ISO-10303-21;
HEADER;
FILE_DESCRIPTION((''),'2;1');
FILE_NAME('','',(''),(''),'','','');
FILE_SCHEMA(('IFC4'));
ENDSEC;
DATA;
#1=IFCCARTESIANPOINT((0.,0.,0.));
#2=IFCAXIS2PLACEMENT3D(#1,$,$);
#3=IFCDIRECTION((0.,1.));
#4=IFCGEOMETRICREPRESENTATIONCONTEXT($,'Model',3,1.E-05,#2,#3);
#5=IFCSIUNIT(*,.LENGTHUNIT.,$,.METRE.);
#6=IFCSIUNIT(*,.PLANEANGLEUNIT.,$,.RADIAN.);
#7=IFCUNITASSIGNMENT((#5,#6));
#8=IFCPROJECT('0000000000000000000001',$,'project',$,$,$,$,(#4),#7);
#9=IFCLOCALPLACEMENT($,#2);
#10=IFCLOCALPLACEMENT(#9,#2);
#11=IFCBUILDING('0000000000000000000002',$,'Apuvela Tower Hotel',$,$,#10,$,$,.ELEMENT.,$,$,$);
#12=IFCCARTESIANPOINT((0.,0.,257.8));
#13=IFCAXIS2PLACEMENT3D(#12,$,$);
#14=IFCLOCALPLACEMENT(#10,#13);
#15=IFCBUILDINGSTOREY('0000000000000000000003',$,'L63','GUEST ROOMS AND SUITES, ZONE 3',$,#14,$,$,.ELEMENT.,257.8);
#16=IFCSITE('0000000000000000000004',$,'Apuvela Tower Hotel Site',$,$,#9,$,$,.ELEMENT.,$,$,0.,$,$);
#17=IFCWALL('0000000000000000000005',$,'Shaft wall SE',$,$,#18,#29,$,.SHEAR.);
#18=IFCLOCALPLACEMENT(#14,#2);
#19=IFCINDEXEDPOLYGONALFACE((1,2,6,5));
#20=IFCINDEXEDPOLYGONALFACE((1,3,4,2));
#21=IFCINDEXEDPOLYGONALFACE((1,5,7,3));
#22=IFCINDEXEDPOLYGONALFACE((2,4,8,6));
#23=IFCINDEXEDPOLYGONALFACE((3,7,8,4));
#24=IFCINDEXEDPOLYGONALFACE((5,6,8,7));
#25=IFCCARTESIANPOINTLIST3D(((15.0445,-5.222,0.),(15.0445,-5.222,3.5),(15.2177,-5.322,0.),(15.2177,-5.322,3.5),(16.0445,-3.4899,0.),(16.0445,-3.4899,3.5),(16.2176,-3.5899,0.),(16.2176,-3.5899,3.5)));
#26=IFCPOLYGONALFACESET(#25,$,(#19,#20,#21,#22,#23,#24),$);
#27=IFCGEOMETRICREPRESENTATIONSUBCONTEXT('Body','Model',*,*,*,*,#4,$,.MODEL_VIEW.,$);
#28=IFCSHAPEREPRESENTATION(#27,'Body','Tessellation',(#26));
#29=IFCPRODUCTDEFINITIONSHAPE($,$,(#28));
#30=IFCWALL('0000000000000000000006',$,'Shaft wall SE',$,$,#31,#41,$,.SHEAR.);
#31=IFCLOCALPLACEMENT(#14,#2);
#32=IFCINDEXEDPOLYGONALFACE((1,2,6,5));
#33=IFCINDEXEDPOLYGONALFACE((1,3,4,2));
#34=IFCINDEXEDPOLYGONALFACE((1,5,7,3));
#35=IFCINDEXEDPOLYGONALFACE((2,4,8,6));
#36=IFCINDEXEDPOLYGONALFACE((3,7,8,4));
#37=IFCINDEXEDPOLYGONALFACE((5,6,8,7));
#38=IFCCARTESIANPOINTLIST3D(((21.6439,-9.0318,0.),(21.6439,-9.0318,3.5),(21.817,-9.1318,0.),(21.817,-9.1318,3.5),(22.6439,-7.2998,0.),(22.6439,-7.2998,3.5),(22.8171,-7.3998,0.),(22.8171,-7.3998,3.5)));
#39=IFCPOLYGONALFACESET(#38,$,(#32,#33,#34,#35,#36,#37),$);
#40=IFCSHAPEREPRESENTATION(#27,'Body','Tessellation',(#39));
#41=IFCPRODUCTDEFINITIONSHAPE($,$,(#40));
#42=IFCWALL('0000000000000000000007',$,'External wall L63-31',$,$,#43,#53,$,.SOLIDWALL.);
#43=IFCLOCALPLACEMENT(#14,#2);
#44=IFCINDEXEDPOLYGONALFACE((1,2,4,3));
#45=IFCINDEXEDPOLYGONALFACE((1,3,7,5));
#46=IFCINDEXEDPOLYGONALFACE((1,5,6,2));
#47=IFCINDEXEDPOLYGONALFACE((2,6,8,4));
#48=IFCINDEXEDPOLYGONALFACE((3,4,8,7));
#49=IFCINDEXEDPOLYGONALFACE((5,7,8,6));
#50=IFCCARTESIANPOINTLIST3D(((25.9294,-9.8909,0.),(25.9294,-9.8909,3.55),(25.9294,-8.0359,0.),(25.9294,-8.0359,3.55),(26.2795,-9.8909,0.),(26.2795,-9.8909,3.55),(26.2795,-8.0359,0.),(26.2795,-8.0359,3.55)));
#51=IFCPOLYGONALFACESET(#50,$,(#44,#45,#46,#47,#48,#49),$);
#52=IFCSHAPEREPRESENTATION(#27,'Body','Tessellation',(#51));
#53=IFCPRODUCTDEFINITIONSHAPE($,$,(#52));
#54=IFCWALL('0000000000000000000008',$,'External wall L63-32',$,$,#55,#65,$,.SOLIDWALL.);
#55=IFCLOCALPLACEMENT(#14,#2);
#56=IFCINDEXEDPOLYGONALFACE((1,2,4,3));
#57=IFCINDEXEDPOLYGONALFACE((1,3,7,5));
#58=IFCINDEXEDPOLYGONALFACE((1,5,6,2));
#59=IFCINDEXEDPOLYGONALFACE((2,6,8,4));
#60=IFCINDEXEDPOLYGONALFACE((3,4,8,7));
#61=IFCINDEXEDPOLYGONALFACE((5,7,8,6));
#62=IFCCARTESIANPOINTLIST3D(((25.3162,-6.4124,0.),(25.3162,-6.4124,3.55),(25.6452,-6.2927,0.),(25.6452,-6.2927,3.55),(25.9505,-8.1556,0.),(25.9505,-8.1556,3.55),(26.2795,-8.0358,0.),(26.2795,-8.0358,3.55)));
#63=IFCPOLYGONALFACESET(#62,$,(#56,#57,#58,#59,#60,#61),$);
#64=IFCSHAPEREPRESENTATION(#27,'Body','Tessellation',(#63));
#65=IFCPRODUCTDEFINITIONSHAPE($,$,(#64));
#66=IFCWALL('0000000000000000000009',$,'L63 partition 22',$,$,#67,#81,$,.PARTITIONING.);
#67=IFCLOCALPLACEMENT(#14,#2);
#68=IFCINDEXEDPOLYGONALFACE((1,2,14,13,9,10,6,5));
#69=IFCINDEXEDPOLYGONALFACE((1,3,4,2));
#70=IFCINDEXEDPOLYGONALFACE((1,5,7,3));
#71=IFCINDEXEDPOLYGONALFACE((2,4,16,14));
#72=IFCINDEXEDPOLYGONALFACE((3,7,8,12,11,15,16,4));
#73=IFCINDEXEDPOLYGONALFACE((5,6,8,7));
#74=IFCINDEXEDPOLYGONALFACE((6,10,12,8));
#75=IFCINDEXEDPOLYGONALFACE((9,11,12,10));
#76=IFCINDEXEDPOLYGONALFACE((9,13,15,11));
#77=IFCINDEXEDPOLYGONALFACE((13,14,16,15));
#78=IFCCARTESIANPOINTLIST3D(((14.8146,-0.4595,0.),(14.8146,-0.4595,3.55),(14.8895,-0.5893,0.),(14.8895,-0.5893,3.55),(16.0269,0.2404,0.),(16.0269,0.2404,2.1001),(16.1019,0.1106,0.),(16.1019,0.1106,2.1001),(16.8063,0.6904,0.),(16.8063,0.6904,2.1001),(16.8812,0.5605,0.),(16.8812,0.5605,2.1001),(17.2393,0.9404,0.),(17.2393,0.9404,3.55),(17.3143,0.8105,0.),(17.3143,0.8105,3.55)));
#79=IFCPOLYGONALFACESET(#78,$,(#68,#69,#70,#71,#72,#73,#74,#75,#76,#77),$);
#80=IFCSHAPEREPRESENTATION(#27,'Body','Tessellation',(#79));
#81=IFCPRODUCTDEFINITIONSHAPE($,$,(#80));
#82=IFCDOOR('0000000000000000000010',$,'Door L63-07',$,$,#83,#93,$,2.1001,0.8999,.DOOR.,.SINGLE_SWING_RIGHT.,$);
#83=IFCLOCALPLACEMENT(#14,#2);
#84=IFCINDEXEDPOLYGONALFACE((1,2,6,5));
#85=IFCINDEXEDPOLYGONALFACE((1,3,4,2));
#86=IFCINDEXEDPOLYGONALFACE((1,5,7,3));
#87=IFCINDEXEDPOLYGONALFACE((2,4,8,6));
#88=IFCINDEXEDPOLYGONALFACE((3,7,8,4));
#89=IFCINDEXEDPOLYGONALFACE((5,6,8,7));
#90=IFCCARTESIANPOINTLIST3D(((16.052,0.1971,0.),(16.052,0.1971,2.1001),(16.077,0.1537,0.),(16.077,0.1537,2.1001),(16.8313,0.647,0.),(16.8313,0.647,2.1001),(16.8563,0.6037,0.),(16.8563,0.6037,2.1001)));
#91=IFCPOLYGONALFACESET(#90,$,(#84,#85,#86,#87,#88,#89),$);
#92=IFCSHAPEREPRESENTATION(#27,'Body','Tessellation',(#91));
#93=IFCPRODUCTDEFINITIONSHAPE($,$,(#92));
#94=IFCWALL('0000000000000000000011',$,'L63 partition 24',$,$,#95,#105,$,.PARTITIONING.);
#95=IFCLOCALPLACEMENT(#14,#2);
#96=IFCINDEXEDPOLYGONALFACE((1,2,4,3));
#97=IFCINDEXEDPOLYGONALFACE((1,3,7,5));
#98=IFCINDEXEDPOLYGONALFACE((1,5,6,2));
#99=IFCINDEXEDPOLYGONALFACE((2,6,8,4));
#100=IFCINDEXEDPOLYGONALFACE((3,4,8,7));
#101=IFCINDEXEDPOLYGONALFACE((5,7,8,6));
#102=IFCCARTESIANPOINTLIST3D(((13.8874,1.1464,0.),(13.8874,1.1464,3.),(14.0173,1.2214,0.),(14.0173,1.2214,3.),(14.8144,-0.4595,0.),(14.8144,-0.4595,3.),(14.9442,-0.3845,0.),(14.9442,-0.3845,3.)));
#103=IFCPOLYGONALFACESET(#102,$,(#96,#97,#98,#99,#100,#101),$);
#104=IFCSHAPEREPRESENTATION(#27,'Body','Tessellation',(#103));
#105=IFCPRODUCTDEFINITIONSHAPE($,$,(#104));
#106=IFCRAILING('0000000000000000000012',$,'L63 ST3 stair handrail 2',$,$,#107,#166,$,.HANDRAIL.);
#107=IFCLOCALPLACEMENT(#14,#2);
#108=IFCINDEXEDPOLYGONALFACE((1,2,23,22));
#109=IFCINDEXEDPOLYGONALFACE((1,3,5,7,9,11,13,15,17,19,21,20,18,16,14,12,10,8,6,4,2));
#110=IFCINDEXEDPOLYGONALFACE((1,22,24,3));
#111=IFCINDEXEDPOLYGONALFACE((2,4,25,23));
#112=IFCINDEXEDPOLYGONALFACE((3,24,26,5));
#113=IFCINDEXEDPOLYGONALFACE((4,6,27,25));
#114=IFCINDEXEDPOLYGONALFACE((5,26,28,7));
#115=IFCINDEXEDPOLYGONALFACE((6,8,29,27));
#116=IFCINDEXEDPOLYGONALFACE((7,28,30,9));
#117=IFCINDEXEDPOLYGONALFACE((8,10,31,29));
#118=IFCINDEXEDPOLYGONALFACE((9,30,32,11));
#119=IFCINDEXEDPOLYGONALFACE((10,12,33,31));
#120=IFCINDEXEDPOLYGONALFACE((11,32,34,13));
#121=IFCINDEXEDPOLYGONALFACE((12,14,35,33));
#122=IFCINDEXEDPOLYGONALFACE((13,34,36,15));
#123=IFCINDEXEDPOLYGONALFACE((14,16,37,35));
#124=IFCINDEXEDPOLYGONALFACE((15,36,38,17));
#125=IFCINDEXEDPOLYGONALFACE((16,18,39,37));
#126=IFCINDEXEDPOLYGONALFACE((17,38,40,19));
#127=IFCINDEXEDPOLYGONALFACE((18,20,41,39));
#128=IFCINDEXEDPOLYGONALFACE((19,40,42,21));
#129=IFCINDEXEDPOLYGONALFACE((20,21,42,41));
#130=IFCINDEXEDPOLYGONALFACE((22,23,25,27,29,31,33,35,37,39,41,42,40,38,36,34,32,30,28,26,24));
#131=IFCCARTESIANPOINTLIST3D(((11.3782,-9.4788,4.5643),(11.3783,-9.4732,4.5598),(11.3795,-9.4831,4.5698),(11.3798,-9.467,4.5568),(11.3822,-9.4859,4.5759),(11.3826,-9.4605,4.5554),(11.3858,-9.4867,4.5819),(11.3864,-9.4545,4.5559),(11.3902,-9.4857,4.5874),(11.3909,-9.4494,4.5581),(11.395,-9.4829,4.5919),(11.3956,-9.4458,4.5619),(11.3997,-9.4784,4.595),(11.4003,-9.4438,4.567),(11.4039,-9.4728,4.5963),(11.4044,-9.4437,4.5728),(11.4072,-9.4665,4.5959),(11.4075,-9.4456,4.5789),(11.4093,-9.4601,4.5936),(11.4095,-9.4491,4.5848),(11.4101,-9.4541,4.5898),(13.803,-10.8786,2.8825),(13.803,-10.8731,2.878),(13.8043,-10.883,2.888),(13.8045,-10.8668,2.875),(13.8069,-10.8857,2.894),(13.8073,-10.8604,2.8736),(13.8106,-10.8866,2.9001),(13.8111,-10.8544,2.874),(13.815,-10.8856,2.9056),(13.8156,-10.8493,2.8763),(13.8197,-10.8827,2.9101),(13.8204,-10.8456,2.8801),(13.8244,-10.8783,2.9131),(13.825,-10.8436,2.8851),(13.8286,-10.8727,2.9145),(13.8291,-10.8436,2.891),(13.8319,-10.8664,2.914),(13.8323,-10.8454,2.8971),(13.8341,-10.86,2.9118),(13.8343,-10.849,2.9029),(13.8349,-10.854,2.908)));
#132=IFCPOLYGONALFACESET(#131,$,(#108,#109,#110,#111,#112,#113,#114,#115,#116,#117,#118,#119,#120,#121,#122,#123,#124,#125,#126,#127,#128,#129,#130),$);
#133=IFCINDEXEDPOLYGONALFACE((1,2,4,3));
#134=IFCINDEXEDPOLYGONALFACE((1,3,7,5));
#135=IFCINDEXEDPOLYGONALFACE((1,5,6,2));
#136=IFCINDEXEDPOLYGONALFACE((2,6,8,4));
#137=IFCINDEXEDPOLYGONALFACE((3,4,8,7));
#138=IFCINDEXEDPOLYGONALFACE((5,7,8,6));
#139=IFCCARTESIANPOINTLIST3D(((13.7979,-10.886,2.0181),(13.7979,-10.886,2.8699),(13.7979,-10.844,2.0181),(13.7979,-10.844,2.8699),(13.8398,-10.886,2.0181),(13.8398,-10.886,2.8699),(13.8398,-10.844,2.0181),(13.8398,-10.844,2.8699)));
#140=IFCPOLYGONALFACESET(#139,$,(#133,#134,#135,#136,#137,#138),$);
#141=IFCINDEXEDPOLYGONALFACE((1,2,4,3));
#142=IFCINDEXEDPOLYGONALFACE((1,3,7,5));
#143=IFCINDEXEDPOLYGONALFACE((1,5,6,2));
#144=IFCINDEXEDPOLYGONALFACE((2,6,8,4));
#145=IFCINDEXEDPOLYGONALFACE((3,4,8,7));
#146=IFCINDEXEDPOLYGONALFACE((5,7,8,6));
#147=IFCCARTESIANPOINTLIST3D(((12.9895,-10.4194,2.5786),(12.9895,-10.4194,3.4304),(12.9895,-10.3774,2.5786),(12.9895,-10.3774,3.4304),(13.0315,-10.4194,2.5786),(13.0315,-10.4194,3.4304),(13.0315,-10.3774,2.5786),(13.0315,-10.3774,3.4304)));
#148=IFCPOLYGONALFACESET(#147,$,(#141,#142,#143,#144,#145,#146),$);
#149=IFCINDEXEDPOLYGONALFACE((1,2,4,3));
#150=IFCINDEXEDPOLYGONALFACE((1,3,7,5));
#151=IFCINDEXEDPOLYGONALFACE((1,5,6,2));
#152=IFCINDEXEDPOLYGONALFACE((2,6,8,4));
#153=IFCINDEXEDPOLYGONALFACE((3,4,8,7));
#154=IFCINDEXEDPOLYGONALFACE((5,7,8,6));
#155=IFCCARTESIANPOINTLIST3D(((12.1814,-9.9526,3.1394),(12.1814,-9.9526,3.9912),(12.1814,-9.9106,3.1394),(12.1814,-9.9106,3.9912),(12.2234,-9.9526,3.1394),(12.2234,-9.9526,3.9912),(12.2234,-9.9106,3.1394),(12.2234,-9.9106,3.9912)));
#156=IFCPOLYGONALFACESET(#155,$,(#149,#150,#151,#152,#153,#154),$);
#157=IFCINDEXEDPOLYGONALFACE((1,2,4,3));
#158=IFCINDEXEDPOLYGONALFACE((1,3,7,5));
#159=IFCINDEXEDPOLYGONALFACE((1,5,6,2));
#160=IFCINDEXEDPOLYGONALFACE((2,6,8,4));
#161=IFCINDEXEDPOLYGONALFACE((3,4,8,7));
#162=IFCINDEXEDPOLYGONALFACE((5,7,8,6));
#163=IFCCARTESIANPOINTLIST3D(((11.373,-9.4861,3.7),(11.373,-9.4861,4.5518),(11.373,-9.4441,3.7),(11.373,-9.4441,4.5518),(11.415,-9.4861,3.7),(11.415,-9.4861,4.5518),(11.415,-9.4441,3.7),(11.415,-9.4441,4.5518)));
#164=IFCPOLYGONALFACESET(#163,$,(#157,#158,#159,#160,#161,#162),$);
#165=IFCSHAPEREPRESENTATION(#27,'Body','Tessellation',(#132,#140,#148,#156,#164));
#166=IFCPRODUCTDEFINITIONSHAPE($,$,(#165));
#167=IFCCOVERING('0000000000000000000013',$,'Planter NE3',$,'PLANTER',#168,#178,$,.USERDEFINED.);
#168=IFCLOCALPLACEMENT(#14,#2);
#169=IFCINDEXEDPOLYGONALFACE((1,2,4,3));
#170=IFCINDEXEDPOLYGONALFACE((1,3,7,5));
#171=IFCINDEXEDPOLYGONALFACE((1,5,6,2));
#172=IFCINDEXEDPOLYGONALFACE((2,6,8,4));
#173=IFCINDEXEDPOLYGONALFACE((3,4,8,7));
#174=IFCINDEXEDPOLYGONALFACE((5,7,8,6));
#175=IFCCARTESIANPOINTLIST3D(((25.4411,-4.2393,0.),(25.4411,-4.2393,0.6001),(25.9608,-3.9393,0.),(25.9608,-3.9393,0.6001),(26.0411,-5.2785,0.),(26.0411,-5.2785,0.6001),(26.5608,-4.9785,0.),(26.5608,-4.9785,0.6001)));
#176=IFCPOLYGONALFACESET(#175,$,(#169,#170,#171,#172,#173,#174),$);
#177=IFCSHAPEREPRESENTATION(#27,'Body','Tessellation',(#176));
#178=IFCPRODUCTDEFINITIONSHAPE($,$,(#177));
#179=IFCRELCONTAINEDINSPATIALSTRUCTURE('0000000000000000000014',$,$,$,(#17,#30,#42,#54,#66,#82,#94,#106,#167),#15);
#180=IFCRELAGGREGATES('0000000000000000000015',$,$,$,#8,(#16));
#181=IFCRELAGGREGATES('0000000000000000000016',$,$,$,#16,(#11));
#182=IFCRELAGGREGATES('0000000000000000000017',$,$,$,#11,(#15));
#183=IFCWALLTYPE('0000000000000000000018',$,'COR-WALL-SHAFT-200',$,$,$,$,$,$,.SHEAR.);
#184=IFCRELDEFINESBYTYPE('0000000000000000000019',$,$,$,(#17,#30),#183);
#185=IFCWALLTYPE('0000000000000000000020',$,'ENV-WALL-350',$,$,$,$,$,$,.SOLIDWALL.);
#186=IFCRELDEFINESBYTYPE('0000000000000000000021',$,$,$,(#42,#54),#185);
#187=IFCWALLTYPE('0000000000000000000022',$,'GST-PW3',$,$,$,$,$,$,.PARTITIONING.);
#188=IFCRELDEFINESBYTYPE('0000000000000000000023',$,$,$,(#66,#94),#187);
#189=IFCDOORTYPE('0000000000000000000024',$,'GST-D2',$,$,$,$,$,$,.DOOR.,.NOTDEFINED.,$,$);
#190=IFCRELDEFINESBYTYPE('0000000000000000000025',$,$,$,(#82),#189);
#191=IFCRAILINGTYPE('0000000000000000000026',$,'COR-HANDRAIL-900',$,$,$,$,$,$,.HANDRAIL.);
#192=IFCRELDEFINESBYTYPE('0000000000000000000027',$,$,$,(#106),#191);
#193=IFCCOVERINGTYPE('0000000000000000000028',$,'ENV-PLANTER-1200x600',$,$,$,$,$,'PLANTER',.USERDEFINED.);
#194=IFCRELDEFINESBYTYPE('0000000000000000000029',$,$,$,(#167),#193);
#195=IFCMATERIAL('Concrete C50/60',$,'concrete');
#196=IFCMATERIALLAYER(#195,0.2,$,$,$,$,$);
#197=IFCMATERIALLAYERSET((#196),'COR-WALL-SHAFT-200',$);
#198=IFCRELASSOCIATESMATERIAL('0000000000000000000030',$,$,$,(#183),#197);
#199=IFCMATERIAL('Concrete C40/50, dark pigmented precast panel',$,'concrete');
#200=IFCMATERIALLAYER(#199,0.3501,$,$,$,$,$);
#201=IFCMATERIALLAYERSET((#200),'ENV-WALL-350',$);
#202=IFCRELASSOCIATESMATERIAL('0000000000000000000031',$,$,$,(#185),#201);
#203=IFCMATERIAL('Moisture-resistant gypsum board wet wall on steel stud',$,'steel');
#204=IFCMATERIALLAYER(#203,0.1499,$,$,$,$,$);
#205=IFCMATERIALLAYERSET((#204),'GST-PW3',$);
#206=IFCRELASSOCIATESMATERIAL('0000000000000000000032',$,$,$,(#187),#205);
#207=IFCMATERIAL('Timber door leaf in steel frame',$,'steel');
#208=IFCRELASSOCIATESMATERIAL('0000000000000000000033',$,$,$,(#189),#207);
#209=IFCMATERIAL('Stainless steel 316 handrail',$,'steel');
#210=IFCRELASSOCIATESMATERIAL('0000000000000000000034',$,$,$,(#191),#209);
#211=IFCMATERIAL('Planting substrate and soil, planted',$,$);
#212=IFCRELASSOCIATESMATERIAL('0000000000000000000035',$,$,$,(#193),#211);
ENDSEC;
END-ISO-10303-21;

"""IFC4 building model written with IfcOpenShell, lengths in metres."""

from ifc_helpers import new_model, si_unit, direction, frame, frame_2d, origin, origin_2d, place, context, subcontext, project, spatial, rectangle, circle, extrude, material, layer, layer_set, type_object, element, fill, save


model = new_model("IFC4")

# Units and contexts
model_context = context("Model", 3, precision=1e-05, world=origin(), true_north=direction((0.0, 1.0)))
body_context = subcontext(model_context, "Body", "Model", "MODEL_VIEW")
ifc_project = project(units=[si_unit("LENGTHUNIT", "METRE"), si_unit("PLANEANGLEUNIT", "RADIAN")], contexts=[model_context])

# Site, building, storey
site_placement = place(None, origin())
site = spatial("IfcSite", under=ifc_project, at=site_placement, Name="Apuvela Tower Hotel Site", CompositionType="ELEMENT", RefElevation=0.0)
building_placement = place(site_placement, origin())
building = spatial("IfcBuilding", under=site, at=building_placement, Name="Apuvela Tower Hotel", CompositionType="ELEMENT")
storey_placement = place(building_placement, frame((0.0, 0.0, 257.8)))
storey = spatial("IfcBuildingStorey", under=building, at=storey_placement, Name="L63", Description="GUEST ROOMS AND SUITES, ZONE 3", CompositionType="ELEMENT", Elevation=257.8)

# Walls
ifc_material_1 = material(Name="Concrete C50/60", Category="concrete")
ifc_layer_1 = layer(ifc_material_1, 0.2)
ifc_layer_set_1 = layer_set([ifc_layer_1], Name="COR-WALL-SHAFT-200")
wall_type_1 = type_object("IfcWallType", Name="COR-WALL-SHAFT-200", PredefinedType="SHEAR", material=ifc_layer_set_1)
for number, where, z_axis, x_axis, name in (
    (1, (15.1311, -5.272, 0.0), (0.0, 0.0, 1.0), (0.499973, 0.866041, 0.0), "Shaft wall SE"),
    (2, (21.7305, -9.0818, 0.0), (0.0, 0.0, 1.0), (0.500025, 0.866011, 0.0), "Shaft wall SE"),
):
    element("IfcWall", number, at=place(storey_placement, frame(where, z_axis=z_axis, x_axis=x_axis)), inside=storey, type_object=wall_type_1, Name=name, PredefinedType="SHEAR", context=body_context, shape_type="SweptSolid", body=[
        extrude(rectangle(XDim=2.0, YDim=0.2, at=frame_2d((1.0, 0.0))), origin(), (0.0, 0.0, 1.0), 3.5),
    ])
ifc_material_2 = material(Name="Concrete C40/50, dark pigmented precast panel", Category="concrete")
ifc_layer_2 = layer(ifc_material_2, 0.3501)
ifc_layer_set_2 = layer_set([ifc_layer_2], Name="ENV-WALL-350")
wall_type_2 = type_object("IfcWallType", Name="ENV-WALL-350", PredefinedType="SOLIDWALL", material=ifc_layer_set_2)
for number, where, z_axis, x_axis, name in (
    (3, (26.1045, -9.8909, 0.0), (0.0, 0.0, 1.0), (0.0, 1.0, 0.0), "External wall L63-31"),
    (4, (26.115, -8.0957, 0.0), (0.0, 0.0, 1.0), (-0.341933, 0.939724, 0.0), "External wall L63-32"),
):
    element("IfcWall", number, at=place(storey_placement, frame(where, z_axis=z_axis, x_axis=x_axis)), inside=storey, type_object=wall_type_2, Name=name, PredefinedType="SOLIDWALL", context=body_context, shape_type="SweptSolid", body=[
        extrude(rectangle(XDim=1.855, YDim=0.3501, at=frame_2d((0.9275, 0.0))), origin(), (0.0, 0.0, 1.0), 3.55),
    ])

# Wall, opening, door
ifc_material_3 = material(Name="Moisture-resistant gypsum board wet wall on steel stud", Category="steel")
ifc_layer_3 = layer(ifc_material_3, 0.1499)
ifc_layer_set_3 = layer_set([ifc_layer_3], Name="GST-PW3")
wall_type_3 = type_object("IfcWallType", Name="GST-PW3", PredefinedType="PARTITIONING", material=ifc_layer_set_3)
wall_1_placement = place(storey_placement, frame((14.8521, -0.5244, 0.0), z_axis=(0.0, 0.0, 1.0), x_axis=(0.866035, 0.499984, 0.0)))
wall_1 = element("IfcWall", 5, at=wall_1_placement, inside=storey, type_object=wall_type_3, Name="L63 partition 22", PredefinedType="PARTITIONING", context=body_context, shape_type="SweptSolid", body=[
    extrude(rectangle(XDim=2.7998, YDim=0.1499, at=frame_2d((1.3999, 0.0))), origin(), (0.0, 0.0, 1.0), 3.55),
])
opening_1_placement = place(wall_1_placement, frame((1.3999, 0.0, 0.0)))
opening_1 = element("IfcOpeningElement", 6, at=opening_1_placement, cuts=wall_1, PredefinedType="OPENING", context=body_context, shape_type="SweptSolid", body=[
    extrude(rectangle(XDim=0.8999, YDim=2.1001, at=frame_2d((0.45, 1.05))), frame((0.0, 0.085, 0.0), z_axis=(0.0, -1.0, 0.0), x_axis=(1.0, 0.0, 0.0)), (0.0, 0.0, 1.0), 0.1699),
])
ifc_material_4 = material(Name="Timber door leaf in steel frame", Category="steel")
door_type_1 = type_object("IfcDoorType", Name="GST-D2", OperationType="NOTDEFINED", PredefinedType="DOOR", material=ifc_material_4)
door_1_placement = place(opening_1_placement, origin())
door_1 = element("IfcDoor", 7, at=door_1_placement, inside=storey, type_object=door_type_1, Name="Door L63-07", OperationType="SINGLE_SWING_RIGHT", OverallHeight=2.1001, OverallWidth=0.8999, PredefinedType="DOOR", context=body_context, shape_type="SweptSolid", body=[
    extrude(rectangle(XDim=0.8999, YDim=2.1001, at=frame_2d((0.45, 1.05))), frame((0.0, 0.0249, 0.0), z_axis=(0.0, -1.0, 0.0), x_axis=(1.0, 0.0, 0.0)), (0.0, 0.0, 1.0), 0.05),
])
fill(opening_1, door_1)

# Wall
wall_2_placement = place(storey_placement, frame((14.8794, -0.4221, 0.0), z_axis=(0.0, 0.0, 1.0), x_axis=(-0.49992, 0.866072, 0.0)))
element("IfcWall", 8, at=wall_2_placement, inside=storey, type_object=wall_type_3, Name="L63 partition 24", PredefinedType="PARTITIONING", context=body_context, shape_type="SweptSolid", body=[
    extrude(rectangle(XDim=1.8542, YDim=0.1499, at=frame_2d((0.9272, 0.0))), origin(), (0.0, 0.0, 1.0), 3.0),
])

# Railing
ifc_material_5 = material(Name="Stainless steel 316 handrail", Category="steel")
railing_type_1 = type_object("IfcRailingType", Name="COR-HANDRAIL-900", PredefinedType="HANDRAIL", material=ifc_material_5)
railing_1_placement = place(storey_placement, frame((13.8188, -10.865, 2.0181)))
element("IfcRailing", 9, at=railing_1_placement, inside=storey, type_object=railing_type_1, Name="L63 ST3 stair handrail 2", PredefinedType="HANDRAIL", context=body_context, shape_type="SweptSolid", body=[
    extrude(circle(Radius=0.0239, at=origin_2d()), frame((0.0, 0.0, 0.876), z_axis=(-0.74239, 0.428601, 0.514934), x_axis=(-0.499984, -0.866035, 0.0)), (0.0, 0.0, 1.0), 3.2661),
    extrude(rectangle(XDim=0.042, YDim=0.042, at=origin_2d()), origin(), (0.0, 0.0, 1.0), 0.8518),
    extrude(rectangle(XDim=0.042, YDim=0.042, at=origin_2d()), frame((-0.8083, 0.4666, 0.5605)), (0.0, 0.0, 1.0), 0.8518),
    extrude(rectangle(XDim=0.042, YDim=0.042, at=origin_2d()), frame((-1.6165, 0.9333, 1.1213)), (0.0, 0.0, 1.0), 0.8518),
    extrude(rectangle(XDim=0.042, YDim=0.042, at=origin_2d()), frame((-2.4248, 1.3999, 1.6819)), (0.0, 0.0, 1.0), 0.8518),
])

# Covering
ifc_material_6 = material(Name="Planting substrate and soil, planted")
covering_type = type_object("IfcCoveringType", Name="ENV-PLANTER-1200x600", ElementType="PLANTER", PredefinedType="USERDEFINED", material=ifc_material_6)
covering_placement = place(storey_placement, frame((26.001, -4.6089, 0.0), z_axis=(0.0, 0.0, 1.0), x_axis=(-0.5, 0.866025, 0.0)))
element("IfcCovering", 10, at=covering_placement, inside=storey, type_object=covering_type, Name="Planter NE3", ObjectType="PLANTER", PredefinedType="USERDEFINED", context=body_context, shape_type="SweptSolid", body=[
    extrude(rectangle(XDim=1.2, YDim=0.6001, at=origin_2d()), origin(), (0.0, 0.0, 1.0), 0.6001),
])

save(model, "model.ifc")
